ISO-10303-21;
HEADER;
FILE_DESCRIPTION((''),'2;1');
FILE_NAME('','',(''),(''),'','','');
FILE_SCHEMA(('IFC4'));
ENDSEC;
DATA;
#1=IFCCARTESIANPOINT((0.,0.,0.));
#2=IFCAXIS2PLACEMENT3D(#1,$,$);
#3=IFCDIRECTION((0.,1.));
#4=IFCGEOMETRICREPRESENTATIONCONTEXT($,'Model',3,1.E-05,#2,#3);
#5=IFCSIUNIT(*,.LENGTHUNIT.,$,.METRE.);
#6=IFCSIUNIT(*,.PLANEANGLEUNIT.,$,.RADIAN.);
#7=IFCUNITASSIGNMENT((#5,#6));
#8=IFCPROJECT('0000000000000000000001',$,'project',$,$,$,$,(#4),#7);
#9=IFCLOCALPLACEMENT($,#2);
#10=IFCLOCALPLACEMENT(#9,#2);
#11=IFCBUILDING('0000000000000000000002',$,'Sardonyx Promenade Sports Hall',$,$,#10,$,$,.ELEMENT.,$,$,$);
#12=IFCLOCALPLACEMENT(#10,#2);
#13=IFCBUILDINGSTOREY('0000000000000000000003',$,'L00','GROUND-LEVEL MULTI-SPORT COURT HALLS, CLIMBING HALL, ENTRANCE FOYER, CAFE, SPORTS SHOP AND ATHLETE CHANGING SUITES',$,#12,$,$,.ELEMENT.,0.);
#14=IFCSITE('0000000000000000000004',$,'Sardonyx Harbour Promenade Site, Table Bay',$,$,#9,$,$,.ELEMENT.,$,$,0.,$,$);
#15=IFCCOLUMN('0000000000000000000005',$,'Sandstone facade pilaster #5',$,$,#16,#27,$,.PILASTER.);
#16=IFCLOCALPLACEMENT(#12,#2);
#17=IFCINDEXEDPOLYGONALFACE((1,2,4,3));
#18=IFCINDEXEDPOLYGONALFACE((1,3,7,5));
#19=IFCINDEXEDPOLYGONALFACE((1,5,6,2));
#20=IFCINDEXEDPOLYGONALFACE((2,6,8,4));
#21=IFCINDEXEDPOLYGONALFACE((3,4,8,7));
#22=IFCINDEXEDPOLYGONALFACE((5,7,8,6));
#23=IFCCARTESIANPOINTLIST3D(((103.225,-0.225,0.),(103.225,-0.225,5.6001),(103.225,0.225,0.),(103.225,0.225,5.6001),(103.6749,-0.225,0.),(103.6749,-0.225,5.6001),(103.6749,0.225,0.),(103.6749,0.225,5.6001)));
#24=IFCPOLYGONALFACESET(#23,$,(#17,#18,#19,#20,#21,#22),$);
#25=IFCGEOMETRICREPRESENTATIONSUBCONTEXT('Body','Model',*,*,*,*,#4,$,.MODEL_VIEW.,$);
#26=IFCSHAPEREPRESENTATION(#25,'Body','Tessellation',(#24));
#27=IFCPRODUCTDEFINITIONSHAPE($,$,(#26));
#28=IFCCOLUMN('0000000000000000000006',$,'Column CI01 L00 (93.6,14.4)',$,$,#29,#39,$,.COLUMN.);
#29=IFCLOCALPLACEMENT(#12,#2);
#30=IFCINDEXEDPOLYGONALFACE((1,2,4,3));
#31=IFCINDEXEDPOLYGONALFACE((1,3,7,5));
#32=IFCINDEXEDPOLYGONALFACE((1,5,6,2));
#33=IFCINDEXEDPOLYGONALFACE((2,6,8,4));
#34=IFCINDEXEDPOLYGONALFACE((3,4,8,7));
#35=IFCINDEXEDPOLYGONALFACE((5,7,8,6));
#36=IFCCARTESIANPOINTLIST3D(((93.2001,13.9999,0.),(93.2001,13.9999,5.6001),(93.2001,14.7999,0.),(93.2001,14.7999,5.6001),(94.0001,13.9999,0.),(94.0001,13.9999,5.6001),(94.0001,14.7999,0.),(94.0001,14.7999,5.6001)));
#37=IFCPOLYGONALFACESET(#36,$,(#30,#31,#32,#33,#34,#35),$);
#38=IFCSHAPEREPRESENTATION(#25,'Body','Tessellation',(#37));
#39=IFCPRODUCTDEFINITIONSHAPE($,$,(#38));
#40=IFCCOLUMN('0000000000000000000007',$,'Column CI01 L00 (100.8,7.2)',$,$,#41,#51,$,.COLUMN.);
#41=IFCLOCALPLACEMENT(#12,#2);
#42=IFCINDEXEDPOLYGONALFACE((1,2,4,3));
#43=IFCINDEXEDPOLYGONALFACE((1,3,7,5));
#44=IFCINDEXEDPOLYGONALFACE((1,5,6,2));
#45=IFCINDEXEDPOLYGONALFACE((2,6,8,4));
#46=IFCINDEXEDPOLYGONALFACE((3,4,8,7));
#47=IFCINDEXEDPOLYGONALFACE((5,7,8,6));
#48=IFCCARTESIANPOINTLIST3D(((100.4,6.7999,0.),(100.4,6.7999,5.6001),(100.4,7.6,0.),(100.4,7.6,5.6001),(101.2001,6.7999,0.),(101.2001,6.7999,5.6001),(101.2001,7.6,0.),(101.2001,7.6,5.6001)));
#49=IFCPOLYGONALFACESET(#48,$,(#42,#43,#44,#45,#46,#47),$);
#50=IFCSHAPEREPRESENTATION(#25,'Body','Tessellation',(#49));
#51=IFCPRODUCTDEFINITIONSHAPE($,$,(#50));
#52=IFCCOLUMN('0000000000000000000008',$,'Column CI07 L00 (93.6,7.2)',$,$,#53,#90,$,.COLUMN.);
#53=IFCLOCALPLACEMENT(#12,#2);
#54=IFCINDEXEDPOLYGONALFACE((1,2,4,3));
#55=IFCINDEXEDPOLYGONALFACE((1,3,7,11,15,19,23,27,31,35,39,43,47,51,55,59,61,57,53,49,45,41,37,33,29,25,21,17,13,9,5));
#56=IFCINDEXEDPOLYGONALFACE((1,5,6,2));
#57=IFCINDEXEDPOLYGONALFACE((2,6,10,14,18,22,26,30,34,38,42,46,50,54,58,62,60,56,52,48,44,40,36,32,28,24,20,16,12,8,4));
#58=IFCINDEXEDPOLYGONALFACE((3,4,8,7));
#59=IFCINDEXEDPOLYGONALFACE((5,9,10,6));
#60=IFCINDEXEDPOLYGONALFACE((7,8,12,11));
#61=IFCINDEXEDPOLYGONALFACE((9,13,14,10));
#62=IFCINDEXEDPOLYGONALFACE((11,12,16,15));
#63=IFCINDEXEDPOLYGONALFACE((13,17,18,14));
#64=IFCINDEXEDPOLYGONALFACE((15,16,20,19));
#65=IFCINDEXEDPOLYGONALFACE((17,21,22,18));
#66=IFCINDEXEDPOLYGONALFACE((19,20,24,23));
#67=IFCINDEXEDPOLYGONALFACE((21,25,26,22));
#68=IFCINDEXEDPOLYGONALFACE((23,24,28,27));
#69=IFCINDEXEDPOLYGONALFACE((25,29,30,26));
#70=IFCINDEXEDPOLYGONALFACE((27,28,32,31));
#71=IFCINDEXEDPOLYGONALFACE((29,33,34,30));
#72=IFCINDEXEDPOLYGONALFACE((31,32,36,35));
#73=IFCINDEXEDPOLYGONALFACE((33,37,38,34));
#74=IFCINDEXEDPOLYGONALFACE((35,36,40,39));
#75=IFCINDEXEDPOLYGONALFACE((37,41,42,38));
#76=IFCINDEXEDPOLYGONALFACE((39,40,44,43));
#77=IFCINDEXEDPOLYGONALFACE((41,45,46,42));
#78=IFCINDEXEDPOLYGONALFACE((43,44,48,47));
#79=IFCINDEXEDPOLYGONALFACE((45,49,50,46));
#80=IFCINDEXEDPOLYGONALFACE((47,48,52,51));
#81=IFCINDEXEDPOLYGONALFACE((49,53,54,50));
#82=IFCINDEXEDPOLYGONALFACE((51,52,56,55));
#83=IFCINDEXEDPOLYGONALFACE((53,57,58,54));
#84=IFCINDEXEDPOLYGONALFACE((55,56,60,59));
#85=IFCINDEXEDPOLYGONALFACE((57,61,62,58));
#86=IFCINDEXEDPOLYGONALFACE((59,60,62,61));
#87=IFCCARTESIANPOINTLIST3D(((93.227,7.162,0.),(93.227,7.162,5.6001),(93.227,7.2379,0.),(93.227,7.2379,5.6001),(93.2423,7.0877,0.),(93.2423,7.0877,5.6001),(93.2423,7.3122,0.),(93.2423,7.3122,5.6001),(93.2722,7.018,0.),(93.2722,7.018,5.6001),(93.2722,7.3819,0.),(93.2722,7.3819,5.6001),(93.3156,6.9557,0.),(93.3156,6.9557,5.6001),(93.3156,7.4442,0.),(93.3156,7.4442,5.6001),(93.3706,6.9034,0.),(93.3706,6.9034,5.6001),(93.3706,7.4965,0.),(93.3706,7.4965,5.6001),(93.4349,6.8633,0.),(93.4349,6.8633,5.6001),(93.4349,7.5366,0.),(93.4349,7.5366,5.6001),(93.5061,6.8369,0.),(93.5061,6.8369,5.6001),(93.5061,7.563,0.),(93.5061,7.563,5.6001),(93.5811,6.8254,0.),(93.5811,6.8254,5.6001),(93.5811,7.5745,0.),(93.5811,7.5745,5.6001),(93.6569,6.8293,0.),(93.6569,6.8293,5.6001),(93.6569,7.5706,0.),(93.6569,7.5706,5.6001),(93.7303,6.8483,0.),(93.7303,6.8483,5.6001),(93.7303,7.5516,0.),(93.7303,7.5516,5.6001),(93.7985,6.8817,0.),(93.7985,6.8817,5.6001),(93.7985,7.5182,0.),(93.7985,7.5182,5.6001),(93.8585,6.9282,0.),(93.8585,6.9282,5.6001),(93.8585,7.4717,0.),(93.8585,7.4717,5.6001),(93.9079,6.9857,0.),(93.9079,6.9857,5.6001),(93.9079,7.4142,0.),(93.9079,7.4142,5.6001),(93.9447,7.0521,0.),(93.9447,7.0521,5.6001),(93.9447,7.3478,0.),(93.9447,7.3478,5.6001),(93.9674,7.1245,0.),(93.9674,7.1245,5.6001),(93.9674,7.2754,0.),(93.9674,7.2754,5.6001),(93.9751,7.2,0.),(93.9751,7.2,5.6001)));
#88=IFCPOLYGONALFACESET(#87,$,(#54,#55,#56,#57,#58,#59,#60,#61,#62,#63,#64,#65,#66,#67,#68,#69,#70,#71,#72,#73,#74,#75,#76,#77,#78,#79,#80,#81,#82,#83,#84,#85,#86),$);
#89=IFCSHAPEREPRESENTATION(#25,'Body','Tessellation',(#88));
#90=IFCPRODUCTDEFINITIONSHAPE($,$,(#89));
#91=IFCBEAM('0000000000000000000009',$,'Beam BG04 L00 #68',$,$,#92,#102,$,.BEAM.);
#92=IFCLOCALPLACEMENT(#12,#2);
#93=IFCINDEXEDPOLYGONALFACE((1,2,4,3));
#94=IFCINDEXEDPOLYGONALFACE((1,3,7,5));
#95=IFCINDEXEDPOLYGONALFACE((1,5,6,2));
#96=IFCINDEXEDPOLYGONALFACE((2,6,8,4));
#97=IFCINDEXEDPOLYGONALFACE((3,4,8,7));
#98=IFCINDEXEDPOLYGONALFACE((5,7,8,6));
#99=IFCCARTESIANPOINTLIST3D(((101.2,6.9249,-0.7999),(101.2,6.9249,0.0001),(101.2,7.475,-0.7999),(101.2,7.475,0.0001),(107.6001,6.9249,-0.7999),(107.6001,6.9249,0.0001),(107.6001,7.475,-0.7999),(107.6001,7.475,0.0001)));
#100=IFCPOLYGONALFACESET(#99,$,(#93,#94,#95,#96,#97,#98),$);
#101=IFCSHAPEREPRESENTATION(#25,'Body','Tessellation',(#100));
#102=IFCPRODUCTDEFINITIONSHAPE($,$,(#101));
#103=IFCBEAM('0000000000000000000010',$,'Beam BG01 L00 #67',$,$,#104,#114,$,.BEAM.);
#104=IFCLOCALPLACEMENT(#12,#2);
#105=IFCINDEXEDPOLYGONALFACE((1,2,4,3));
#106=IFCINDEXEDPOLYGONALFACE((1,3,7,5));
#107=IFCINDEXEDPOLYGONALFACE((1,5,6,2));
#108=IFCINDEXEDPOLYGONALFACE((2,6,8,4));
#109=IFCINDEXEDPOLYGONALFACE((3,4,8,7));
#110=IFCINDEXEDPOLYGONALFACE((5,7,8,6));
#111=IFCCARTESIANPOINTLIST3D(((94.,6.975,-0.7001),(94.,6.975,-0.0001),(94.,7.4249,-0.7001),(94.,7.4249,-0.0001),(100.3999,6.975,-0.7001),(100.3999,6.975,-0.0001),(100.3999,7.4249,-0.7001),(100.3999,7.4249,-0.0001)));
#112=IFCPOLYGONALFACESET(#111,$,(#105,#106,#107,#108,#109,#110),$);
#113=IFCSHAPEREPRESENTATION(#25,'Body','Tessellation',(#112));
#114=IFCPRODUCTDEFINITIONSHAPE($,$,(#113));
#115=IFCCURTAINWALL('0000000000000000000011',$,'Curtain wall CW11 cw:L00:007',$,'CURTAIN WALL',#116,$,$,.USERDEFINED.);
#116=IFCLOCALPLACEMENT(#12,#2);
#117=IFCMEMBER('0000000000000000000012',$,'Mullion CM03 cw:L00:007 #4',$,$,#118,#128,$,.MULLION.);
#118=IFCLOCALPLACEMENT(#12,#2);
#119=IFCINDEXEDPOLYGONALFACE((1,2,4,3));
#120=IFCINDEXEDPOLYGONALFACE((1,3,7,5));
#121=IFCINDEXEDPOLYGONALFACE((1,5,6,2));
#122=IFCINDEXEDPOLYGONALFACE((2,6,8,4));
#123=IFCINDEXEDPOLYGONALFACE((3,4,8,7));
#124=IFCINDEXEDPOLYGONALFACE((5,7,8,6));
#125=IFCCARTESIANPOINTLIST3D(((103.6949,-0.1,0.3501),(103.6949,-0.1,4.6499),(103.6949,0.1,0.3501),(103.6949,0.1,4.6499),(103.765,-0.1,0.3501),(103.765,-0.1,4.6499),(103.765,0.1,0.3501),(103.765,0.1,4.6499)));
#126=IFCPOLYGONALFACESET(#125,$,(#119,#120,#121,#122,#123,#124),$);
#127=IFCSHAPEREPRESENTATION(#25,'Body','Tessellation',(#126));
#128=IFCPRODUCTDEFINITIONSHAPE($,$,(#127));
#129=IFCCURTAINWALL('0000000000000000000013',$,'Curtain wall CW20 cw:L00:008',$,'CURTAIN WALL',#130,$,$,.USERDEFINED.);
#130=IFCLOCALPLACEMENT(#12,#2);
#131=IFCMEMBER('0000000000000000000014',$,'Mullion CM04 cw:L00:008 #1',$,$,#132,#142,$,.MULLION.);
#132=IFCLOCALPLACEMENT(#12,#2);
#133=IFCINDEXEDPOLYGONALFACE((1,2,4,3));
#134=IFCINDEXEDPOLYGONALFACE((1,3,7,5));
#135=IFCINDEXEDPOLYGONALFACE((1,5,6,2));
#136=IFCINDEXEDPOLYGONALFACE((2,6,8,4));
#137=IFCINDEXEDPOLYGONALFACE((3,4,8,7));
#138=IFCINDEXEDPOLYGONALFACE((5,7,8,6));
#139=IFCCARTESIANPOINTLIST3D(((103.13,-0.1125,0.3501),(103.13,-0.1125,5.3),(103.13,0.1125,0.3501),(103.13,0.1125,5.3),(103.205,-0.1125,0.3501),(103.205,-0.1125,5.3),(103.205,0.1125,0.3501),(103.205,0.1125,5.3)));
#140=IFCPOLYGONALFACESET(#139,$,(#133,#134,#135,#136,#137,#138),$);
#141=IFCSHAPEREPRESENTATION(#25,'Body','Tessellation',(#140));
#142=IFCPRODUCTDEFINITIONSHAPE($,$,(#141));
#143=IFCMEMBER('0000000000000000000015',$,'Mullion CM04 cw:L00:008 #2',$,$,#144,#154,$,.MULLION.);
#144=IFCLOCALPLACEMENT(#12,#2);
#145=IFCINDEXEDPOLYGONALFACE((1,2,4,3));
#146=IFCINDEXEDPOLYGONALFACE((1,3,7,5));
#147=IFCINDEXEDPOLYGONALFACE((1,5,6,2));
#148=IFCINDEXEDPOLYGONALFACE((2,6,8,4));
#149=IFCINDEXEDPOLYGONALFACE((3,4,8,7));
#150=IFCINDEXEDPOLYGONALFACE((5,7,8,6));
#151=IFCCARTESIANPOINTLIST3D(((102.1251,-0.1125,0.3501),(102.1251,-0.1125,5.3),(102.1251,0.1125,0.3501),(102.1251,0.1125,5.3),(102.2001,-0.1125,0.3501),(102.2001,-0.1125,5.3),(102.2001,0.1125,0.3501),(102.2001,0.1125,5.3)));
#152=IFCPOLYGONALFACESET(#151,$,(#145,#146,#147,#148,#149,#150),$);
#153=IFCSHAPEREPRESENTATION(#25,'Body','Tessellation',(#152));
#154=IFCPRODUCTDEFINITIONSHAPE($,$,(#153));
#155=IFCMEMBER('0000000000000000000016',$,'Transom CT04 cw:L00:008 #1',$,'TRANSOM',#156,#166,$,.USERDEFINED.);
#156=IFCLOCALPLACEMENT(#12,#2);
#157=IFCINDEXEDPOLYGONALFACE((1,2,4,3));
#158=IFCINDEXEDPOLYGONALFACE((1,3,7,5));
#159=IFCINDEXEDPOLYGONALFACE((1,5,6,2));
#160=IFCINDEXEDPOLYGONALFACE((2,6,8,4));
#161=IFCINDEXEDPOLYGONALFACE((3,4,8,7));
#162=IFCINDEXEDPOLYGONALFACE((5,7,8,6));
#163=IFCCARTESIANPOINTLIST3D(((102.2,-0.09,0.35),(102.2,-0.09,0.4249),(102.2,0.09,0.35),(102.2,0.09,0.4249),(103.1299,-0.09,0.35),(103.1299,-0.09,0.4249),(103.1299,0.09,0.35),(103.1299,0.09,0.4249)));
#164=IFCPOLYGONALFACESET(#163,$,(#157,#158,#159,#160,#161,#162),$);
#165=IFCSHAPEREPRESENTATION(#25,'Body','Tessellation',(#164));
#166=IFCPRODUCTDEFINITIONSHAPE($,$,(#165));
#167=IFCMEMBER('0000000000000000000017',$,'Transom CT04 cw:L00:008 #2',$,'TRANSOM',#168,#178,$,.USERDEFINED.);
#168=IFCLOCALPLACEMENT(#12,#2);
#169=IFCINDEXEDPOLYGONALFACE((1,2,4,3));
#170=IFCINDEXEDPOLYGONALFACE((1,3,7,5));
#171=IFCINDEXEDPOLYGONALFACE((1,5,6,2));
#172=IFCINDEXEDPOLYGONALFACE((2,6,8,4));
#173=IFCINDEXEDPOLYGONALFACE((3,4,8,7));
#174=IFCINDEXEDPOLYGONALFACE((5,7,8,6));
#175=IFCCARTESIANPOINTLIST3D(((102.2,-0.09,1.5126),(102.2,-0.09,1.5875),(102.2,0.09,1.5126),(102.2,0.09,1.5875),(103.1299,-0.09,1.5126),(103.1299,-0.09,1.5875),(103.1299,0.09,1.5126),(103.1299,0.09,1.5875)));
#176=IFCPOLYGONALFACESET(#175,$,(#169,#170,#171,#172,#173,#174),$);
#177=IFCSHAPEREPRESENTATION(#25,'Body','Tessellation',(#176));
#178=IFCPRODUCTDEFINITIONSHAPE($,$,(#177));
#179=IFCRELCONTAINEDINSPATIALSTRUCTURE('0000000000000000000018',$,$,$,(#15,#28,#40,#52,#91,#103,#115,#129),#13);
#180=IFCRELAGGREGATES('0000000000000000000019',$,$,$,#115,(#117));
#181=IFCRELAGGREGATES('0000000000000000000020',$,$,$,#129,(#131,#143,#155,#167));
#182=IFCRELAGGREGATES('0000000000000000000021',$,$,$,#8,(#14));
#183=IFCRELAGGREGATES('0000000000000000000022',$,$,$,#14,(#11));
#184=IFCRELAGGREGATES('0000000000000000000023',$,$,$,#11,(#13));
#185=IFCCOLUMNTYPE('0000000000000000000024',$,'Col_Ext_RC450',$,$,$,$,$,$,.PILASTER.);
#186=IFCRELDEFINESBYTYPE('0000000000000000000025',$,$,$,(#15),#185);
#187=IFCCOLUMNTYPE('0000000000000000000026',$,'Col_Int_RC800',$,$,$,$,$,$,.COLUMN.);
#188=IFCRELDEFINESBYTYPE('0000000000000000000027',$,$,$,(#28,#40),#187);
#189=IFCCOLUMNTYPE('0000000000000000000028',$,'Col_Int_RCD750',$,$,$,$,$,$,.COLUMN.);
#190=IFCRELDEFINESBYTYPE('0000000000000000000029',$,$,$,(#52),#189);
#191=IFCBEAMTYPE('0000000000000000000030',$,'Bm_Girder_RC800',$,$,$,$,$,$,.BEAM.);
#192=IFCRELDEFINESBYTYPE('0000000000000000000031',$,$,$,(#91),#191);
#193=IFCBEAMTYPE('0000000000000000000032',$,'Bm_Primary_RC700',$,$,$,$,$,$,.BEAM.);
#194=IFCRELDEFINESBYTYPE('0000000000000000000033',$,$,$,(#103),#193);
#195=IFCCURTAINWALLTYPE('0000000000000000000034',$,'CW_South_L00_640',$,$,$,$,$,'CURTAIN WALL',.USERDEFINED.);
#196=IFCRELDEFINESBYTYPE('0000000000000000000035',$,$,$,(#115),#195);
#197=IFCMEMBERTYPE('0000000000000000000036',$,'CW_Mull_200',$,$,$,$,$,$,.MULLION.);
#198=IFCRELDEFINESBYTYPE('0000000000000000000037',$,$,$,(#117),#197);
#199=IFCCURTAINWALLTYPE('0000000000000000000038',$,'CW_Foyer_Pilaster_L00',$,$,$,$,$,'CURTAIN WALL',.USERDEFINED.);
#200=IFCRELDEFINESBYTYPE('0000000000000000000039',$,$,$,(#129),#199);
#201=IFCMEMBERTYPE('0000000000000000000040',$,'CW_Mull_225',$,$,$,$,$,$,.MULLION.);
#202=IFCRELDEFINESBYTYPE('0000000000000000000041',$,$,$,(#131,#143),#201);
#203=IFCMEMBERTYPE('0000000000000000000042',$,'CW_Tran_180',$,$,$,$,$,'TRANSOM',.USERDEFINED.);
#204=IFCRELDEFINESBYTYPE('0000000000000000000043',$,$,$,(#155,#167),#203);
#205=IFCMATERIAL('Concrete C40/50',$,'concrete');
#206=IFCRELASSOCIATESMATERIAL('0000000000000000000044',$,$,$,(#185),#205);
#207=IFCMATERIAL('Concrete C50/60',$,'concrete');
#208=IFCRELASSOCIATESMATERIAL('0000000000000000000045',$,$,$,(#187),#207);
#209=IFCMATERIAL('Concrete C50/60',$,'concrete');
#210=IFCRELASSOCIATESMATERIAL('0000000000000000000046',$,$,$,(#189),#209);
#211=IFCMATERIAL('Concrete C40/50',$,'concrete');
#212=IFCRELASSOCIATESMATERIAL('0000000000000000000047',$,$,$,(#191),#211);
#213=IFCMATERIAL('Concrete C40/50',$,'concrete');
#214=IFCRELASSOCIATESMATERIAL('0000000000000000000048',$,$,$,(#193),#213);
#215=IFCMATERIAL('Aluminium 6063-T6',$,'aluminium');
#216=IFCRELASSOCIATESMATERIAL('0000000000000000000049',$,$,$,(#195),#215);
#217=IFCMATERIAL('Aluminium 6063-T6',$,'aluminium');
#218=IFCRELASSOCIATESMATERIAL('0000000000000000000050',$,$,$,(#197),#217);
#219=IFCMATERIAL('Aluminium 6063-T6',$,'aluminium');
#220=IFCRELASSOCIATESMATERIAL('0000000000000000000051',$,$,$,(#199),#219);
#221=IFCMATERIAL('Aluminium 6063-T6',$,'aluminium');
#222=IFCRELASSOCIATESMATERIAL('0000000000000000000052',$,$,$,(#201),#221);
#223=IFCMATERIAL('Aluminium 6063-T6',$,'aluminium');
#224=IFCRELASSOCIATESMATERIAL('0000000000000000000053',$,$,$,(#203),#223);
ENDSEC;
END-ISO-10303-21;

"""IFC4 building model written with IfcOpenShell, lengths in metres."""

from ifc_helpers import new_model, si_unit, direction, frame, origin, origin_2d, place, context, subcontext, project, spatial, rectangle, circle, extrude, material, material_profile, profile_set, type_object, element, aggregate, save


model = new_model("IFC4")

# Units and contexts
model_context = context("Model", 3, precision=1e-05, world=origin(), true_north=direction((0.0, 1.0)))
body_context = subcontext(model_context, "Body", "Model", "MODEL_VIEW")
ifc_project = project(units=[si_unit("LENGTHUNIT", "METRE"), si_unit("PLANEANGLEUNIT", "RADIAN")], contexts=[model_context])

# Site, building, storey
site_placement = place(None, origin())
site = spatial("IfcSite", under=ifc_project, at=site_placement, Name="Sardonyx Harbour Promenade Site, Table Bay", CompositionType="ELEMENT", RefElevation=0.0)
building_placement = place(site_placement, origin())
building = spatial("IfcBuilding", under=site, at=building_placement, Name="Sardonyx Promenade Sports Hall", CompositionType="ELEMENT")
storey_placement = place(building_placement, origin())
storey = spatial("IfcBuildingStorey", under=building, at=storey_placement, Name="L00", Description="GROUND-LEVEL MULTI-SPORT COURT HALLS, CLIMBING HALL, ENTRANCE FOYER, CAFE, SPORTS SHOP AND ATHLETE CHANGING SUITES", CompositionType="ELEMENT", Elevation=0.0)

# Columns
ifc_material_1 = material(Name="Concrete C40/50", Category="concrete")
ifc_material_profile_1 = material_profile(ifc_material_1, rectangle(XDim=0.45, YDim=0.45, at=origin_2d()))
ifc_profile_set_1 = profile_set([ifc_material_profile_1], Name="Concrete C40/50")
column_type_1 = type_object("IfcColumnType", Name="Col_Ext_RC450", PredefinedType="PILASTER", material=ifc_profile_set_1)
column_1_placement = place(storey_placement, frame((103.45, 0.0, 0.0), z_axis=(0.0, 0.0, 1.0), x_axis=(1.0, 0.0, 0.0)))
element("IfcColumn", 1, at=column_1_placement, inside=storey, type_object=column_type_1, Name="Sandstone facade pilaster #5", PredefinedType="PILASTER", context=body_context, shape_type="SweptSolid", body=[
    extrude(rectangle(XDim=0.45, YDim=0.45, at=origin_2d()), origin(), (0.0, 0.0, 1.0), 5.6001),
])
ifc_material_2 = material(Name="Concrete C50/60", Category="concrete")
ifc_material_profile_2 = material_profile(ifc_material_2, rectangle(XDim=0.8, YDim=0.8, at=origin_2d()))
ifc_profile_set_2 = profile_set([ifc_material_profile_2], Name="Concrete C50/60")
column_type_2 = type_object("IfcColumnType", Name="Col_Int_RC800", PredefinedType="COLUMN", material=ifc_profile_set_2)
for number, where, z_axis, x_axis, name in (
    (2, (93.6001, 14.3999, 0.0), (0.0, 0.0, 1.0), (1.0, 0.0, 0.0), "Column CI01 L00 (93.6,14.4)"),
    (3, (100.8, 7.2, 0.0), (0.0, 0.0, 1.0), (1.0, 0.0, 0.0), "Column CI01 L00 (100.8,7.2)"),
):
    element("IfcColumn", number, at=place(storey_placement, frame(where, z_axis=z_axis, x_axis=x_axis)), inside=storey, type_object=column_type_2, Name=name, PredefinedType="COLUMN", context=body_context, shape_type="SweptSolid", body=[
        extrude(rectangle(XDim=0.8, YDim=0.8, at=origin_2d()), origin(), (0.0, 0.0, 1.0), 5.6001),
    ])
ifc_material_3 = material(Name="Concrete C50/60", Category="concrete")
ifc_material_profile_3 = material_profile(ifc_material_3, circle(Radius=0.375, at=origin_2d()))
ifc_profile_set_3 = profile_set([ifc_material_profile_3], Name="Concrete C50/60")
column_type_3 = type_object("IfcColumnType", Name="Col_Int_RCD750", PredefinedType="COLUMN", material=ifc_profile_set_3)
column_2_placement = place(storey_placement, frame((93.6001, 7.2, 0.0), z_axis=(0.0, 0.0, 1.0), x_axis=(1.0, 0.0, 0.0)))
element("IfcColumn", 4, at=column_2_placement, inside=storey, type_object=column_type_3, Name="Column CI07 L00 (93.6,7.2)", PredefinedType="COLUMN", context=body_context, shape_type="SweptSolid", body=[
    extrude(circle(Radius=0.375, at=origin_2d()), origin(), (0.0, 0.0, 1.0), 5.6001),
])

# Beams
ifc_material_4 = material(Name="Concrete C40/50", Category="concrete")
ifc_material_profile_4 = material_profile(ifc_material_4, rectangle(XDim=0.55, YDim=0.8, at=origin_2d()))
ifc_profile_set_4 = profile_set([ifc_material_profile_4], Name="Concrete C40/50")
beam_type_1 = type_object("IfcBeamType", Name="Bm_Girder_RC800", PredefinedType="BEAM", material=ifc_profile_set_4)
beam_1_placement = place(storey_placement, frame((101.2, 7.2, -0.3999), z_axis=(1.0, 0.0, 0.0), x_axis=(0.0, 1.0, 0.0)))
element("IfcBeam", 5, at=beam_1_placement, inside=storey, type_object=beam_type_1, Name="Beam BG04 L00 #68", PredefinedType="BEAM", context=body_context, shape_type="SweptSolid", body=[
    extrude(rectangle(XDim=0.55, YDim=0.8, at=origin_2d()), origin(), (0.0, 0.0, 1.0), 6.4001),
])
ifc_material_5 = material(Name="Concrete C40/50", Category="concrete")
ifc_material_profile_5 = material_profile(ifc_material_5, rectangle(XDim=0.45, YDim=0.7, at=origin_2d()))
ifc_profile_set_5 = profile_set([ifc_material_profile_5], Name="Concrete C40/50")
beam_type_2 = type_object("IfcBeamType", Name="Bm_Primary_RC700", PredefinedType="BEAM", material=ifc_profile_set_5)
beam_2_placement = place(storey_placement, frame((94.0, 7.2, -0.3501), z_axis=(1.0, 0.0, 0.0), x_axis=(0.0, 1.0, 0.0)))
element("IfcBeam", 6, at=beam_2_placement, inside=storey, type_object=beam_type_2, Name="Beam BG01 L00 #67", PredefinedType="BEAM", context=body_context, shape_type="SweptSolid", body=[
    extrude(rectangle(XDim=0.45, YDim=0.7, at=origin_2d()), origin(), (0.0, 0.0, 1.0), 6.3999),
])

# Curtain wall, member
ifc_material_6 = material(Name="Aluminium 6063-T6", Category="aluminium")
curtain_wall_type_1 = type_object("IfcCurtainWallType", Name="CW_South_L00_640", ElementType="CURTAIN WALL", PredefinedType="USERDEFINED", material=ifc_material_6)
curtain_wall_1_placement = place(storey_placement, origin())
curtain_wall_1 = element("IfcCurtainWall", 7, at=curtain_wall_1_placement, inside=storey, type_object=curtain_wall_type_1, Name="Curtain wall CW11 cw:L00:007", ObjectType="CURTAIN WALL", PredefinedType="USERDEFINED")
ifc_material_7 = material(Name="Aluminium 6063-T6", Category="aluminium")
ifc_material_profile_6 = material_profile(ifc_material_7, rectangle(XDim=0.0701, YDim=0.2, at=origin_2d()))
ifc_profile_set_6 = profile_set([ifc_material_profile_6], Name="Aluminium 6063-T6")
member_type_1 = type_object("IfcMemberType", Name="CW_Mull_200", PredefinedType="MULLION", material=ifc_profile_set_6)
member_1_placement = place(storey_placement, frame((103.73, 0.0, 0.3501), z_axis=(0.0, 0.0, 1.0), x_axis=(-1.0, 0.0, 0.0)))
member_1 = element("IfcMember", 8, at=member_1_placement, type_object=member_type_1, Name="Mullion CM03 cw:L00:007 #4", PredefinedType="MULLION", context=body_context, shape_type="SweptSolid", body=[
    extrude(rectangle(XDim=0.0701, YDim=0.2, at=origin_2d()), origin(), (0.0, 0.0, 1.0), 4.2998),
])

# Curtain wall, members
ifc_material_8 = material(Name="Aluminium 6063-T6", Category="aluminium")
curtain_wall_type_2 = type_object("IfcCurtainWallType", Name="CW_Foyer_Pilaster_L00", ElementType="CURTAIN WALL", PredefinedType="USERDEFINED", material=ifc_material_8)
curtain_wall_2_placement = place(storey_placement, origin())
curtain_wall_2 = element("IfcCurtainWall", 9, at=curtain_wall_2_placement, inside=storey, type_object=curtain_wall_type_2, Name="Curtain wall CW20 cw:L00:008", ObjectType="CURTAIN WALL", PredefinedType="USERDEFINED")
ifc_material_9 = material(Name="Aluminium 6063-T6", Category="aluminium")
ifc_material_profile_7 = material_profile(ifc_material_9, rectangle(XDim=0.075, YDim=0.2251, at=origin_2d()))
ifc_profile_set_7 = profile_set([ifc_material_profile_7], Name="Aluminium 6063-T6")
member_type_2 = type_object("IfcMemberType", Name="CW_Mull_225", PredefinedType="MULLION", material=ifc_profile_set_7)
member_2_placement = place(storey_placement, frame((103.1675, 0.0, 0.3501), z_axis=(0.0, 0.0, 1.0), x_axis=(-1.0, 0.0, 0.0)))
member_2 = element("IfcMember", 10, at=member_2_placement, type_object=member_type_2, Name="Mullion CM04 cw:L00:008 #1", PredefinedType="MULLION", context=body_context, shape_type="SweptSolid", body=[
    extrude(rectangle(XDim=0.075, YDim=0.2251, at=origin_2d()), origin(), (0.0, 0.0, 1.0), 4.95),
])
member_3_placement = place(storey_placement, frame((102.1626, 0.0, 0.3501), z_axis=(0.0, 0.0, 1.0), x_axis=(-1.0, 0.0, 0.0)))
member_3 = element("IfcMember", 11, at=member_3_placement, type_object=member_type_2, Name="Mullion CM04 cw:L00:008 #2", PredefinedType="MULLION", context=body_context, shape_type="SweptSolid", body=[
    extrude(rectangle(XDim=0.075, YDim=0.2251, at=origin_2d()), origin(), (0.0, 0.0, 1.0), 4.95),
])
ifc_material_10 = material(Name="Aluminium 6063-T6", Category="aluminium")
ifc_material_profile_8 = material_profile(ifc_material_10, rectangle(XDim=0.075, YDim=0.1799, at=origin_2d()))
ifc_profile_set_8 = profile_set([ifc_material_profile_8], Name="Aluminium 6063-T6")
member_type_3 = type_object("IfcMemberType", Name="CW_Tran_180", ElementType="TRANSOM", PredefinedType="USERDEFINED", material=ifc_profile_set_8)
member_4_placement = place(storey_placement, frame((103.1299, 0.0, 0.3875), z_axis=(-1.0, 0.0, 0.0), x_axis=(0.0, 0.0, 1.0)))
member_4 = element("IfcMember", 12, at=member_4_placement, type_object=member_type_3, Name="Transom CT04 cw:L00:008 #1", ObjectType="TRANSOM", PredefinedType="USERDEFINED", context=body_context, shape_type="SweptSolid", body=[
    extrude(rectangle(XDim=0.075, YDim=0.1799, at=origin_2d()), origin(), (0.0, 0.0, 1.0), 0.9299),
])
member_5_placement = place(storey_placement, frame((103.1299, 0.0, 1.55), z_axis=(-1.0, 0.0, 0.0), x_axis=(0.0, 0.0, 1.0)))
member_5 = element("IfcMember", 13, at=member_5_placement, type_object=member_type_3, Name="Transom CT04 cw:L00:008 #2", ObjectType="TRANSOM", PredefinedType="USERDEFINED", context=body_context, shape_type="SweptSolid", body=[
    extrude(rectangle(XDim=0.075, YDim=0.1799, at=origin_2d()), origin(), (0.0, 0.0, 1.0), 0.9299),
])

aggregate(curtain_wall_1, [member_1])
aggregate(curtain_wall_2, [member_2, member_3, member_4, member_5])

save(model, "model.ifc")
